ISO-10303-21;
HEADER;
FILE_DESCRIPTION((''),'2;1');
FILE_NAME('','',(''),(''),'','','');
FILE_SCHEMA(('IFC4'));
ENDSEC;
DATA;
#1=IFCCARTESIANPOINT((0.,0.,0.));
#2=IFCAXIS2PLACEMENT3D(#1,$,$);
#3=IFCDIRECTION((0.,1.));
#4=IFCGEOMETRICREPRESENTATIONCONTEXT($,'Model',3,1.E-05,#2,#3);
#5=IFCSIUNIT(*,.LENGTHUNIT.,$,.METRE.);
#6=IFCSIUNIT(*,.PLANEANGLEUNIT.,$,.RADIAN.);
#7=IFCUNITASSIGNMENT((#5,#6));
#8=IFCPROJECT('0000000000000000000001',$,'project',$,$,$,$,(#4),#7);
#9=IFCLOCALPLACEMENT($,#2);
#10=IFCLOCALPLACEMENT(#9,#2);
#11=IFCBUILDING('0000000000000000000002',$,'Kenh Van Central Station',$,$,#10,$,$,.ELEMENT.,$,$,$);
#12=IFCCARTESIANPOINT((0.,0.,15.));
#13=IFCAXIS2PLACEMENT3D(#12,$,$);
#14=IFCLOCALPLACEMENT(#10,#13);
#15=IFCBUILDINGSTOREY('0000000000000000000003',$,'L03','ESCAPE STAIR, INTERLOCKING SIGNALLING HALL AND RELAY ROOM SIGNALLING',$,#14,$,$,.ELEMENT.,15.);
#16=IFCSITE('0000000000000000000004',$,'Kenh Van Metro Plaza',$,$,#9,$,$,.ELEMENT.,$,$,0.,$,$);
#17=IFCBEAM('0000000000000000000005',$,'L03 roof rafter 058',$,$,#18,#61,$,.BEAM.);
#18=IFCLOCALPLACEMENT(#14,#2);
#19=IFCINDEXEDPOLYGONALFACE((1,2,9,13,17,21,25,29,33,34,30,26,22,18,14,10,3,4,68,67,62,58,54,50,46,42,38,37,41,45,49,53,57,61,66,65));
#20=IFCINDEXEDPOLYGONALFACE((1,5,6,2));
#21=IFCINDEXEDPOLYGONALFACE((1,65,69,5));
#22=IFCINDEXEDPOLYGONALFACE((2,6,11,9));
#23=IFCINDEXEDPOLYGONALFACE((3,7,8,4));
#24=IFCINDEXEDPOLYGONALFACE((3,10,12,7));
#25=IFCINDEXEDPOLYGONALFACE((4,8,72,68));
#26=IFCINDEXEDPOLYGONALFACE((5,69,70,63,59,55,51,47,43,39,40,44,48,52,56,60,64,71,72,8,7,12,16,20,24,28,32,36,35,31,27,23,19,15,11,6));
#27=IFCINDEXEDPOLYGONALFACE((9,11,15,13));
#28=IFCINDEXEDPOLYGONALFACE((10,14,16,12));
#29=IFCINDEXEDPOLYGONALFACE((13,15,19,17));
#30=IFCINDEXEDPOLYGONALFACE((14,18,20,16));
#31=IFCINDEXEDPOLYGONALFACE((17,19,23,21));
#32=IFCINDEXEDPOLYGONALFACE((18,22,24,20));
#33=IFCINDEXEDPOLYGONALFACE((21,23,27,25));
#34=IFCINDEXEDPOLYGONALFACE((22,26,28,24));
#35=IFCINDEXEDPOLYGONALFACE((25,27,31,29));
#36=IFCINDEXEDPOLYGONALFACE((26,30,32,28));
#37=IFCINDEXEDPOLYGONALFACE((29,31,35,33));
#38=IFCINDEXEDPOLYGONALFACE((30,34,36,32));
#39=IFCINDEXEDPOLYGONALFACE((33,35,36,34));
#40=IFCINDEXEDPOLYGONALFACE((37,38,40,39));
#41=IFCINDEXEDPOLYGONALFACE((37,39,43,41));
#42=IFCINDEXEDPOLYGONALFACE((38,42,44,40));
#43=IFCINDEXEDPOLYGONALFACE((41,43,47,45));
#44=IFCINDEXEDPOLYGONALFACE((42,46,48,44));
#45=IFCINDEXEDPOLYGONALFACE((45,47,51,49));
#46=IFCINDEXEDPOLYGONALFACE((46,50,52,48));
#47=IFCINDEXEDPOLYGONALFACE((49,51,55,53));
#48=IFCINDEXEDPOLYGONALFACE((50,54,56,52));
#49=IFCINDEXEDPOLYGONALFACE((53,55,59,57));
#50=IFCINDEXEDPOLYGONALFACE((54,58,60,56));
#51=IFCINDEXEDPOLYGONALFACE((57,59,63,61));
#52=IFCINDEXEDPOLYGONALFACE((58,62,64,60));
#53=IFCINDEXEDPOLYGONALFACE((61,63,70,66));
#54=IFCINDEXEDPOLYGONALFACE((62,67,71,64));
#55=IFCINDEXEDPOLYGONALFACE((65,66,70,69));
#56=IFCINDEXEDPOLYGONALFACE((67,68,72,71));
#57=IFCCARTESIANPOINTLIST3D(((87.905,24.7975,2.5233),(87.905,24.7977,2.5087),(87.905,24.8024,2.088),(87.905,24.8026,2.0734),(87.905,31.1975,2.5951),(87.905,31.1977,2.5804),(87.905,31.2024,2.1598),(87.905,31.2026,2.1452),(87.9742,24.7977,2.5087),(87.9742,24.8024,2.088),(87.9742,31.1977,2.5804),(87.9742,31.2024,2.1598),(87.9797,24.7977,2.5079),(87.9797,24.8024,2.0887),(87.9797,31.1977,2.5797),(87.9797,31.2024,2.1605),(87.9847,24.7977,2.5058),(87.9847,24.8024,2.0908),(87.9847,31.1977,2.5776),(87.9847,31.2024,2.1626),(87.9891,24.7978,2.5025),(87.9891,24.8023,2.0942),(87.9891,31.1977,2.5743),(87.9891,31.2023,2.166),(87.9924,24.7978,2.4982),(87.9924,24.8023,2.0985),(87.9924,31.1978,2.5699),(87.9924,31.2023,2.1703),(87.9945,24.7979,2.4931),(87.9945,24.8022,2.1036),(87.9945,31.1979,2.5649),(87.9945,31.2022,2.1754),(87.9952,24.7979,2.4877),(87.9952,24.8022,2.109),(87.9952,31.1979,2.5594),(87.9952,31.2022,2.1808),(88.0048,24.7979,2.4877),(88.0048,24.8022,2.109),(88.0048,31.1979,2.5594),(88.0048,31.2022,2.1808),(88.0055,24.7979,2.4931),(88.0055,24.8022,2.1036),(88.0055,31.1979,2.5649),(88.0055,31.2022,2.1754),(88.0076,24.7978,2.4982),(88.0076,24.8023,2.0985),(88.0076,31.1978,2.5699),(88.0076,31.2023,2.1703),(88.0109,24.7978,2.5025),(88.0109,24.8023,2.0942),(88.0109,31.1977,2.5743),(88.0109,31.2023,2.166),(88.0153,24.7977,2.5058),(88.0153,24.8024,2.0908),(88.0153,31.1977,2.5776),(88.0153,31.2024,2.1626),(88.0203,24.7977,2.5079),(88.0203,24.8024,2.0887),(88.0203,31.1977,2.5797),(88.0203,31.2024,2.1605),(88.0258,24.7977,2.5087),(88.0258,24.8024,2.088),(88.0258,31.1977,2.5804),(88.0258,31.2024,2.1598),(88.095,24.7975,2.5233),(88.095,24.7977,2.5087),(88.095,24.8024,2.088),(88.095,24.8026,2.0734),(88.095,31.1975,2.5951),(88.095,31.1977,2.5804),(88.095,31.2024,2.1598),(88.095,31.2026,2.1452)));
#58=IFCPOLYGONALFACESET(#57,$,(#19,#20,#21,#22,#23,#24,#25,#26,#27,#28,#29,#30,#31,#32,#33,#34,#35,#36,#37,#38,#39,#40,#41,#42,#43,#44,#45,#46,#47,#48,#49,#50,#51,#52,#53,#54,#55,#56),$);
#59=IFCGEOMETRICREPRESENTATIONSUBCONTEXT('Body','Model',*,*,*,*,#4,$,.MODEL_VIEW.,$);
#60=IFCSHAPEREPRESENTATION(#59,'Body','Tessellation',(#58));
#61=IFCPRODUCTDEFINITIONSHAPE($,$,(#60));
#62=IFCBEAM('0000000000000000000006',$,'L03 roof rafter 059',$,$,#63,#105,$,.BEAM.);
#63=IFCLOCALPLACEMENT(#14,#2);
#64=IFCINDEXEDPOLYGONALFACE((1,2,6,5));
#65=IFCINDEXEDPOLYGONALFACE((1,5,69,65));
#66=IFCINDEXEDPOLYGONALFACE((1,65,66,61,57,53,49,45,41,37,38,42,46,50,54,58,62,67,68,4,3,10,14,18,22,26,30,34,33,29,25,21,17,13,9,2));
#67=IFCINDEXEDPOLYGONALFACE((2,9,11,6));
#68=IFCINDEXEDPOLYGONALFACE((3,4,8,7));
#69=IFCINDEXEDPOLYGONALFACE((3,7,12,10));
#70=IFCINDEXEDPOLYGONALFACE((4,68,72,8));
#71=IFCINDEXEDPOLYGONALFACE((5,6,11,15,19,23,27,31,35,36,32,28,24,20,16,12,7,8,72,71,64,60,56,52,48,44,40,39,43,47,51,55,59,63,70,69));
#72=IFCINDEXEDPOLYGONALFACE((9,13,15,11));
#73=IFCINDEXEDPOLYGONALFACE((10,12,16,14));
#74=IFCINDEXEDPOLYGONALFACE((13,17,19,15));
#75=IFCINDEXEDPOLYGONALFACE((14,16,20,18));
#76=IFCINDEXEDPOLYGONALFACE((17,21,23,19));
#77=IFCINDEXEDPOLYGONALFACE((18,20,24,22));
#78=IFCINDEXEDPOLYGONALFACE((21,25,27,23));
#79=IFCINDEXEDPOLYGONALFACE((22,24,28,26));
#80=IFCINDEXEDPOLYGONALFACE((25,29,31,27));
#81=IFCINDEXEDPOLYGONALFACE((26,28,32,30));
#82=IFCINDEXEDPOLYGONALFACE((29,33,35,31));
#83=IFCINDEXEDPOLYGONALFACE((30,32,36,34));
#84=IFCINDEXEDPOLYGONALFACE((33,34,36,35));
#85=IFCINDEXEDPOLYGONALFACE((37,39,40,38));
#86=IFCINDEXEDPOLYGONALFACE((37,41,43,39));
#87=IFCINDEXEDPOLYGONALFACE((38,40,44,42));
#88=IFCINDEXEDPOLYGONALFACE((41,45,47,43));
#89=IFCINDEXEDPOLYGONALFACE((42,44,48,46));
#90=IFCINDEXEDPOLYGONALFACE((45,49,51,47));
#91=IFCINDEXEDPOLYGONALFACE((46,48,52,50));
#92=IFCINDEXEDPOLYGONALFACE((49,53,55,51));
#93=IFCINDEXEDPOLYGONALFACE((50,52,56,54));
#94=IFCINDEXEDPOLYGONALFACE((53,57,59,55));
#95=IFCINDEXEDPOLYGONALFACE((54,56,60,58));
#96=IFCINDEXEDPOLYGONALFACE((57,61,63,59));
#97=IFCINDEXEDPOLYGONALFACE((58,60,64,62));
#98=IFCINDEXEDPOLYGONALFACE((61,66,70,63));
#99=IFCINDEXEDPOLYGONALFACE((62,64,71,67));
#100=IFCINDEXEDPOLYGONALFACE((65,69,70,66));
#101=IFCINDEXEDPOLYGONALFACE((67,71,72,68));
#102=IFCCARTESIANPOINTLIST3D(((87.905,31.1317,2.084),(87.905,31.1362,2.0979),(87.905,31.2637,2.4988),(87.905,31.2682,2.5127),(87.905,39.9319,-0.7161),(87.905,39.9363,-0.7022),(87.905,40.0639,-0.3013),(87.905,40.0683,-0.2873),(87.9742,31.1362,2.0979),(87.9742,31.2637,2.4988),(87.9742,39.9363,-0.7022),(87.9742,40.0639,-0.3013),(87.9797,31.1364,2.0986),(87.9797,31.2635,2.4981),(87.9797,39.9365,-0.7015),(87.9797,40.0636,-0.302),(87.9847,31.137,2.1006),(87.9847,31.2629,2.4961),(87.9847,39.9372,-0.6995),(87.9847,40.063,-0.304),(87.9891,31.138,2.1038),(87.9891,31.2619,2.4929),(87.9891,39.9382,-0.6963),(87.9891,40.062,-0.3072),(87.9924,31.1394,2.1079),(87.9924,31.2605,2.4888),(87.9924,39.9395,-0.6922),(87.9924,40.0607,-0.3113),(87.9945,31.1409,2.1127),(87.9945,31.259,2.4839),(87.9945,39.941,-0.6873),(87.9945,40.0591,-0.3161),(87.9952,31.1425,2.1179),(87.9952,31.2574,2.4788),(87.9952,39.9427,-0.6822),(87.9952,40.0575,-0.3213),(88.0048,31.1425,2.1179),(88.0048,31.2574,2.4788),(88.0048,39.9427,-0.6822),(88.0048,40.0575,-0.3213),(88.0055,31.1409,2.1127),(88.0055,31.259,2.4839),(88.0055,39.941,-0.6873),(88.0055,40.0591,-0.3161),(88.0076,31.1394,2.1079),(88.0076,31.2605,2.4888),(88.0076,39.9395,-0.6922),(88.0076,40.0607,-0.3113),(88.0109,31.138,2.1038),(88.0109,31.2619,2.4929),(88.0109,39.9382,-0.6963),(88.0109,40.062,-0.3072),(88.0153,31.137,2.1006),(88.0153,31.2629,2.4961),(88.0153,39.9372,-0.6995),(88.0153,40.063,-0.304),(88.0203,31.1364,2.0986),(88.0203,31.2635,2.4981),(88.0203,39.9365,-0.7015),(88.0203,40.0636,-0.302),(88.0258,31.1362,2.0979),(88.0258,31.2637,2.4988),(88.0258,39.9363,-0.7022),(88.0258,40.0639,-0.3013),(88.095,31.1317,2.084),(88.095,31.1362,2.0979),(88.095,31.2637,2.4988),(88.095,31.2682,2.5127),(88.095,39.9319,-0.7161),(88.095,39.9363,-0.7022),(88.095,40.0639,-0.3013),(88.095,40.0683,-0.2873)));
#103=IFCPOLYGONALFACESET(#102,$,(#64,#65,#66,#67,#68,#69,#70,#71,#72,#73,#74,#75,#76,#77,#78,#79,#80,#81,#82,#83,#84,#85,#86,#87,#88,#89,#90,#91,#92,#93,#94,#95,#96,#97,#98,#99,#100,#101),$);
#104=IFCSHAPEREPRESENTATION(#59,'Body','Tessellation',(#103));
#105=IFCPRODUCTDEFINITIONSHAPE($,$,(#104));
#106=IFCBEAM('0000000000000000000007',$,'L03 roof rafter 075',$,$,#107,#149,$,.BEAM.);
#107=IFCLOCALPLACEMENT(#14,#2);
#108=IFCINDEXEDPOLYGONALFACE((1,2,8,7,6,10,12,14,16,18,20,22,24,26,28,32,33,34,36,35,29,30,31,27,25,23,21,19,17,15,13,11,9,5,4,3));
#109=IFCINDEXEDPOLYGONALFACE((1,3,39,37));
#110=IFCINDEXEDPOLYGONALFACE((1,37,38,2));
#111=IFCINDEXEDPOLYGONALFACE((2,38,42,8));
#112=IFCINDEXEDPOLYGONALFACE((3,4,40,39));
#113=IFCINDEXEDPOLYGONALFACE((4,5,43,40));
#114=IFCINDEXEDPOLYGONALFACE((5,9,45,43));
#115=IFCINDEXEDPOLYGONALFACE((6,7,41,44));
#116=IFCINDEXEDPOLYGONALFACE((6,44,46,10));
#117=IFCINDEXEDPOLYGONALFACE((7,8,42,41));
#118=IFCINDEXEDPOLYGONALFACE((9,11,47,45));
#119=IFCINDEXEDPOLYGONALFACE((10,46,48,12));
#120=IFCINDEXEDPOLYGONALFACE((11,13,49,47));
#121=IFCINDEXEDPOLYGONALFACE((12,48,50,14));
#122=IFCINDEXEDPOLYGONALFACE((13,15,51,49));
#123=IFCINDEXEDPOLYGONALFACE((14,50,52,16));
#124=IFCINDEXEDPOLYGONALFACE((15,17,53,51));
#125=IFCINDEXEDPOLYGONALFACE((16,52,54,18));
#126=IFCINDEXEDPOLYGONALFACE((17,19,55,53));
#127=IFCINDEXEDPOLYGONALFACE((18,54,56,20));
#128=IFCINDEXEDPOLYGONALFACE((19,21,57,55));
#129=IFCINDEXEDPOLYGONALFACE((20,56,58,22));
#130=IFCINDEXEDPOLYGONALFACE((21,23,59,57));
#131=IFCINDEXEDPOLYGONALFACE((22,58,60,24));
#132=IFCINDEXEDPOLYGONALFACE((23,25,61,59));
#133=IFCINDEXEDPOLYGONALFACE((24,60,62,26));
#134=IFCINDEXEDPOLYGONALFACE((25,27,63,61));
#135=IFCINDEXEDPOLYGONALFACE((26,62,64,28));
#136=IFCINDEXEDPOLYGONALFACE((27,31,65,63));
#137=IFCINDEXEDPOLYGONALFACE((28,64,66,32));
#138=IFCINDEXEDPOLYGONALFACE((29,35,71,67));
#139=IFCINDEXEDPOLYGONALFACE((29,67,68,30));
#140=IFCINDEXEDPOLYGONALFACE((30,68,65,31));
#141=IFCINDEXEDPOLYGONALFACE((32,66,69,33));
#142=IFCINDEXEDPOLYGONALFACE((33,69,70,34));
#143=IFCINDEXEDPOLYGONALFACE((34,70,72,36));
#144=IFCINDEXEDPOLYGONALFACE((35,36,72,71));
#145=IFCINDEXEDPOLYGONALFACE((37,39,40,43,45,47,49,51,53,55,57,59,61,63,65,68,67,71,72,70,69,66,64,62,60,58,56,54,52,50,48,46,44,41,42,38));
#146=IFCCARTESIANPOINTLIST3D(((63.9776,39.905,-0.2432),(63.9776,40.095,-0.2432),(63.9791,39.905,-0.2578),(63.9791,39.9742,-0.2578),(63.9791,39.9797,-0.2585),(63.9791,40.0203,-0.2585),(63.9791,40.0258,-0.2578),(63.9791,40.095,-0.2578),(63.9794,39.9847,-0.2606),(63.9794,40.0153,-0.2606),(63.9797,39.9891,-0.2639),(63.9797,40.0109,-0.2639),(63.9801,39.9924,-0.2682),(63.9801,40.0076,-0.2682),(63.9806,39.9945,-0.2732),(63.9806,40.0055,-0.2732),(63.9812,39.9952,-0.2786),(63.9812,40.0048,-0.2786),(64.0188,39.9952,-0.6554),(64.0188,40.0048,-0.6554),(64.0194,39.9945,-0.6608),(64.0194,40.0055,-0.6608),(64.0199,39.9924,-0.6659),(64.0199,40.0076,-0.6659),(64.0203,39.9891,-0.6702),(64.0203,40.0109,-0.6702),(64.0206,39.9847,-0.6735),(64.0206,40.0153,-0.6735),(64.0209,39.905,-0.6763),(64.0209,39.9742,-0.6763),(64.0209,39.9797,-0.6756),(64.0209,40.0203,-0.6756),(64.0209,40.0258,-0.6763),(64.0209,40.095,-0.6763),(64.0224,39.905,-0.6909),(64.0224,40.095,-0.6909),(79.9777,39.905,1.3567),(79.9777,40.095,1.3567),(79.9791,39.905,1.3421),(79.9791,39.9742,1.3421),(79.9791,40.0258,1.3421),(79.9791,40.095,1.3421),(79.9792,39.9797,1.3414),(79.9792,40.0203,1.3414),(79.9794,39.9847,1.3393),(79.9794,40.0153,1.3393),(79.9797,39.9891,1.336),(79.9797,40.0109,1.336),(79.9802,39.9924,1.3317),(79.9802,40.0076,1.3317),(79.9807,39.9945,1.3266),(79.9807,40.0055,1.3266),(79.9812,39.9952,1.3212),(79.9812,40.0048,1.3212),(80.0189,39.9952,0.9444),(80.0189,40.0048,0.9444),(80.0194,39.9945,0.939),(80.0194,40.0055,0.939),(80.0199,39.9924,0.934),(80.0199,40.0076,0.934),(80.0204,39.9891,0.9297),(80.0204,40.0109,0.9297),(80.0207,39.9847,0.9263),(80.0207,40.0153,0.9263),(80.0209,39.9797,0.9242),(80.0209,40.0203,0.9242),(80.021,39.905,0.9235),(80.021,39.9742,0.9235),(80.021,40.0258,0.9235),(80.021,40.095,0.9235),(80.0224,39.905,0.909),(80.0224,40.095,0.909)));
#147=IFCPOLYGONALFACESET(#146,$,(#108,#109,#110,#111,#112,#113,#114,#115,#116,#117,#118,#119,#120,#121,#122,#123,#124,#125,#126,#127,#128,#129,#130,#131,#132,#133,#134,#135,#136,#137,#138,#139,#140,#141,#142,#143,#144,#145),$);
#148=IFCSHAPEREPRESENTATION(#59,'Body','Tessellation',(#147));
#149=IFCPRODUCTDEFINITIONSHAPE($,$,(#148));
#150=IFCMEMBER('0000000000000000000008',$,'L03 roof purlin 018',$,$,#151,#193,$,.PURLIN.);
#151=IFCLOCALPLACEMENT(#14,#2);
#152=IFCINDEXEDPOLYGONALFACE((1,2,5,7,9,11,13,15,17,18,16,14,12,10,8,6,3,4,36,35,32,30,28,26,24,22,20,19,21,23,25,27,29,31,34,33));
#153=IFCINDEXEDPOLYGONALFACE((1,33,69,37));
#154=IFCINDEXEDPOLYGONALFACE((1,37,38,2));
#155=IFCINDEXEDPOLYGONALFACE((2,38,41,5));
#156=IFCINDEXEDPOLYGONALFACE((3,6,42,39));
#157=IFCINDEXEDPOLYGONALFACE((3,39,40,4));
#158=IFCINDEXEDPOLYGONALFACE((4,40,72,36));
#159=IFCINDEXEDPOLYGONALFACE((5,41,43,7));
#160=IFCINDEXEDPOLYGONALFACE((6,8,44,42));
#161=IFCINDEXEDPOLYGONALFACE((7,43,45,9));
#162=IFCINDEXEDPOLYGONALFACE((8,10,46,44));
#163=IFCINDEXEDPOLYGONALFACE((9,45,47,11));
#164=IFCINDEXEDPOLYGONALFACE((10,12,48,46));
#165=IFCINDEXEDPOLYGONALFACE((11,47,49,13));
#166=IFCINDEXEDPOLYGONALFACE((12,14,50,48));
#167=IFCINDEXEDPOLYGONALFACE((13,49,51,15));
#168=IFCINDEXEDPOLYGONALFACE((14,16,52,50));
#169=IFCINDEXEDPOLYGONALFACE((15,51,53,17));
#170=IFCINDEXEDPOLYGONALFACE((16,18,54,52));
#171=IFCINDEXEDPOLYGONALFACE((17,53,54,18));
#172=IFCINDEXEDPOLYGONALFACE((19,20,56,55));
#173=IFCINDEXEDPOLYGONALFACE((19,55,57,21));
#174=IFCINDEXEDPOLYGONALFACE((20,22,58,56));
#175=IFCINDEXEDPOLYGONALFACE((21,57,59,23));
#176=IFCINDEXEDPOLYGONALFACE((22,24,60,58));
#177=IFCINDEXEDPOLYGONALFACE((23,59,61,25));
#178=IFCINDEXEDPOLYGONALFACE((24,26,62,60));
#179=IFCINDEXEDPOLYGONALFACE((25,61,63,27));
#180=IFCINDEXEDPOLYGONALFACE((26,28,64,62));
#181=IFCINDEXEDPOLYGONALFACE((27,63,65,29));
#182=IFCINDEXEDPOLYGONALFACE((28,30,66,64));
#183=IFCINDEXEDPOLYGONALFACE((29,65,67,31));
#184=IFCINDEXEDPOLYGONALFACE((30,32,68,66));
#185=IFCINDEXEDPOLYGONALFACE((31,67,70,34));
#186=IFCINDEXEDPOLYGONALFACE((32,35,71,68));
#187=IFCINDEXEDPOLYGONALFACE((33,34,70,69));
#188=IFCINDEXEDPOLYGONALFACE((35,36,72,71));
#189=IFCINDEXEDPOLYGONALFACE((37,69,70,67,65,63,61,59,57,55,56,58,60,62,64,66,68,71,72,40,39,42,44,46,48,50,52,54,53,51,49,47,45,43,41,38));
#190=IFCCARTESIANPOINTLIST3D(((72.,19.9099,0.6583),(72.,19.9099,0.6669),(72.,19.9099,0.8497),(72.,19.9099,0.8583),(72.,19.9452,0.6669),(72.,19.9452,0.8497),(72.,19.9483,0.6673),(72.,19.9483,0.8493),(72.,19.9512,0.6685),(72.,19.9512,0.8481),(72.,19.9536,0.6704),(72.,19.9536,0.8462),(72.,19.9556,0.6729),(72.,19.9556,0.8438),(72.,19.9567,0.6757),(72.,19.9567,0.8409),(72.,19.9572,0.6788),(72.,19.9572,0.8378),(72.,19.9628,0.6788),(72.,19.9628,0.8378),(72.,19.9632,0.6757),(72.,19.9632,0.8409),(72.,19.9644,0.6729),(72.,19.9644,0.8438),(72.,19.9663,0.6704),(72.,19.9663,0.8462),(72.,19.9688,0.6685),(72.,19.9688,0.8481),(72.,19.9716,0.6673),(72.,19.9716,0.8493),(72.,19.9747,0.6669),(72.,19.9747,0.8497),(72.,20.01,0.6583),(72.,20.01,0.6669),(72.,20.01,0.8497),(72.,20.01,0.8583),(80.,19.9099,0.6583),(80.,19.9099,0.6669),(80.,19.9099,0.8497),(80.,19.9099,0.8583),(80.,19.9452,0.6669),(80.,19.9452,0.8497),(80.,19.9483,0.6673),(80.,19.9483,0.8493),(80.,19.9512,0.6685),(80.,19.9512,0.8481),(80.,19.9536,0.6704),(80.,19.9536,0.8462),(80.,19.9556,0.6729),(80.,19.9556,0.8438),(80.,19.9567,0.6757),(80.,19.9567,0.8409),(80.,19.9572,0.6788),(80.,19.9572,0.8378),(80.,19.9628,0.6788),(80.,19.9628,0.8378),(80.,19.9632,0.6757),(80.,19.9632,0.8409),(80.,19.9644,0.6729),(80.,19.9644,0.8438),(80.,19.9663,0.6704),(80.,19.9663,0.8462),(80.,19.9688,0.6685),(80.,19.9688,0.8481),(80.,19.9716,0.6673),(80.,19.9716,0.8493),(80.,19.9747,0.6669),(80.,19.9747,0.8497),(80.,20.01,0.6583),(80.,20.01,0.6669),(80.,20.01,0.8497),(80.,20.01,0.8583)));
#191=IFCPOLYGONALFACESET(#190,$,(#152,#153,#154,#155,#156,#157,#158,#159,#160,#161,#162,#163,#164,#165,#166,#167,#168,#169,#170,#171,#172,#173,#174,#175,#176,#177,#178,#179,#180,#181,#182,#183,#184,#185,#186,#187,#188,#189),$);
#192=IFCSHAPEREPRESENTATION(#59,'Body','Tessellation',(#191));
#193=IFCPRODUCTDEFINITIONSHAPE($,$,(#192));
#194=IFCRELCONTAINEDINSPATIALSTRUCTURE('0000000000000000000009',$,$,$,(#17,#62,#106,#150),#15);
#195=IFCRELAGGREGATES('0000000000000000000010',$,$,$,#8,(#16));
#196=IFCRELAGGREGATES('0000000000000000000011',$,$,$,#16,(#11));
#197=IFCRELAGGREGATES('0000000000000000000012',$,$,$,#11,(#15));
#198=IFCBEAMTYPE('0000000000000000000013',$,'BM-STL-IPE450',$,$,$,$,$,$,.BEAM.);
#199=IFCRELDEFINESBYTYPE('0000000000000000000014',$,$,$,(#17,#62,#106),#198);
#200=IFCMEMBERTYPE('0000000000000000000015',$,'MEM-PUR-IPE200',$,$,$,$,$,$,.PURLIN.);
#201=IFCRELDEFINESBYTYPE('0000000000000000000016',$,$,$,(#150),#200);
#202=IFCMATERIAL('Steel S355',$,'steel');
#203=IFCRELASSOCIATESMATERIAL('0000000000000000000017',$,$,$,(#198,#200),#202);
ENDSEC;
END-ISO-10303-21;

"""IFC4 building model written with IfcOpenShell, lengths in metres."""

from ifc_helpers import new_model, si_unit, direction, frame, origin, origin_2d, place, context, subcontext, project, spatial, i_section, extrude, material, material_profile, profile_set, type_object, element, save


model = new_model("IFC4")

# Units and contexts
model_context = context("Model", 3, precision=1e-05, world=origin(), true_north=direction((0.0, 1.0)))
body_context = subcontext(model_context, "Body", "Model", "MODEL_VIEW")
ifc_project = project(units=[si_unit("LENGTHUNIT", "METRE"), si_unit("PLANEANGLEUNIT", "RADIAN")], contexts=[model_context])

# Site, building, storey
site_placement = place(None, origin())
site = spatial("IfcSite", under=ifc_project, at=site_placement, Name="Kenh Van Metro Plaza", CompositionType="ELEMENT", RefElevation=0.0)
building_placement = place(site_placement, origin())
building = spatial("IfcBuilding", under=site, at=building_placement, Name="Kenh Van Central Station", CompositionType="ELEMENT")
storey_placement = place(building_placement, frame((0.0, 0.0, 15.0)))
storey = spatial("IfcBuildingStorey", under=building, at=storey_placement, Name="L03", Description="ESCAPE STAIR, INTERLOCKING SIGNALLING HALL AND RELAY ROOM SIGNALLING", CompositionType="ELEMENT", Elevation=15.0)

# Beams
ifc_material_1 = material(Name="Steel S355", Category="steel")
ifc_material_profile_1 = material_profile(ifc_material_1, i_section(OverallWidth=0.1899, OverallDepth=0.45, WebThickness=0.0095, FlangeThickness=0.0146, FilletRadius=0.021, at=origin_2d()), Name="IPE 450")
ifc_profile_set_1 = profile_set([ifc_material_profile_1], Name="Steel S355")
beam_type = type_object("IfcBeamType", Name="BM-STL-IPE450", PredefinedType="BEAM", material=ifc_profile_set_1)
beam_1_placement = place(storey_placement, frame((88.0, 24.8, 2.2983), z_axis=(0.0, 0.999937, 0.011215), x_axis=(-1.0, 0.0, 0.0)))
element("IfcBeam", 1, at=beam_1_placement, inside=storey, type_object=beam_type, Name="L03 roof rafter 058", PredefinedType="BEAM", context=body_context, shape_type="SweptSolid", body=[
    extrude(i_section(OverallWidth=0.1899, OverallDepth=0.45, WebThickness=0.0095, FlangeThickness=0.0146, FilletRadius=0.021, at=origin_2d()), origin(), (0.0, 0.0, 1.0), 6.4004),
])
beam_2_placement = place(storey_placement, frame((88.0, 31.2, 2.2983), z_axis=(0.0, 0.952925, -0.303207), x_axis=(-1.0, 0.0, 0.0)))
element("IfcBeam", 2, at=beam_2_placement, inside=storey, type_object=beam_type, Name="L03 roof rafter 059", PredefinedType="BEAM", context=body_context, shape_type="SweptSolid", body=[
    extrude(i_section(OverallWidth=0.1899, OverallDepth=0.45, WebThickness=0.0095, FlangeThickness=0.0146, FilletRadius=0.021, at=origin_2d()), origin(), (0.0, 0.0, 1.0), 9.2349),
])
beam_3_placement = place(storey_placement, frame((64.0, 40.0, -0.467), z_axis=(0.995038, 0.0, 0.099495), x_axis=(0.0, 1.0, 0.0)))
element("IfcBeam", 3, at=beam_3_placement, inside=storey, type_object=beam_type, Name="L03 roof rafter 075", PredefinedType="BEAM", context=body_context, shape_type="SweptSolid", body=[
    extrude(i_section(OverallWidth=0.1899, OverallDepth=0.45, WebThickness=0.0095, FlangeThickness=0.0146, FilletRadius=0.021, at=origin_2d()), origin(), (0.0, 0.0, 1.0), 16.0798),
])

# Member
ifc_material_profile_2 = material_profile(ifc_material_1, i_section(OverallWidth=0.1001, OverallDepth=0.2, WebThickness=0.0056, FlangeThickness=0.0085, FilletRadius=0.012, at=origin_2d()), Name="IPE 200")
ifc_profile_set_2 = profile_set([ifc_material_profile_2], Name="Steel S355")
member_type_1 = type_object("IfcMemberType", Name="MEM-PUR-IPE200", PredefinedType="PURLIN", material=ifc_profile_set_2)
for number, where, z_axis, x_axis, name in (
    (4, (72.0, 19.96, 0.7583), (1.0, 0.0, 0.0), (0.0, 1.0, 0.0), "L03 roof purlin 018"),
):
    element("IfcMember", number, at=place(storey_placement, frame(where, z_axis=z_axis, x_axis=x_axis)), inside=storey, type_object=member_type_1, Name=name, PredefinedType="PURLIN", context=body_context, shape_type="SweptSolid", body=[
        extrude(i_section(OverallWidth=0.1001, OverallDepth=0.2, WebThickness=0.0056, FlangeThickness=0.0085, FilletRadius=0.012, at=origin_2d()), origin(), (0.0, 0.0, 1.0), 8.0),
    ])

save(model, "model.ifc")
